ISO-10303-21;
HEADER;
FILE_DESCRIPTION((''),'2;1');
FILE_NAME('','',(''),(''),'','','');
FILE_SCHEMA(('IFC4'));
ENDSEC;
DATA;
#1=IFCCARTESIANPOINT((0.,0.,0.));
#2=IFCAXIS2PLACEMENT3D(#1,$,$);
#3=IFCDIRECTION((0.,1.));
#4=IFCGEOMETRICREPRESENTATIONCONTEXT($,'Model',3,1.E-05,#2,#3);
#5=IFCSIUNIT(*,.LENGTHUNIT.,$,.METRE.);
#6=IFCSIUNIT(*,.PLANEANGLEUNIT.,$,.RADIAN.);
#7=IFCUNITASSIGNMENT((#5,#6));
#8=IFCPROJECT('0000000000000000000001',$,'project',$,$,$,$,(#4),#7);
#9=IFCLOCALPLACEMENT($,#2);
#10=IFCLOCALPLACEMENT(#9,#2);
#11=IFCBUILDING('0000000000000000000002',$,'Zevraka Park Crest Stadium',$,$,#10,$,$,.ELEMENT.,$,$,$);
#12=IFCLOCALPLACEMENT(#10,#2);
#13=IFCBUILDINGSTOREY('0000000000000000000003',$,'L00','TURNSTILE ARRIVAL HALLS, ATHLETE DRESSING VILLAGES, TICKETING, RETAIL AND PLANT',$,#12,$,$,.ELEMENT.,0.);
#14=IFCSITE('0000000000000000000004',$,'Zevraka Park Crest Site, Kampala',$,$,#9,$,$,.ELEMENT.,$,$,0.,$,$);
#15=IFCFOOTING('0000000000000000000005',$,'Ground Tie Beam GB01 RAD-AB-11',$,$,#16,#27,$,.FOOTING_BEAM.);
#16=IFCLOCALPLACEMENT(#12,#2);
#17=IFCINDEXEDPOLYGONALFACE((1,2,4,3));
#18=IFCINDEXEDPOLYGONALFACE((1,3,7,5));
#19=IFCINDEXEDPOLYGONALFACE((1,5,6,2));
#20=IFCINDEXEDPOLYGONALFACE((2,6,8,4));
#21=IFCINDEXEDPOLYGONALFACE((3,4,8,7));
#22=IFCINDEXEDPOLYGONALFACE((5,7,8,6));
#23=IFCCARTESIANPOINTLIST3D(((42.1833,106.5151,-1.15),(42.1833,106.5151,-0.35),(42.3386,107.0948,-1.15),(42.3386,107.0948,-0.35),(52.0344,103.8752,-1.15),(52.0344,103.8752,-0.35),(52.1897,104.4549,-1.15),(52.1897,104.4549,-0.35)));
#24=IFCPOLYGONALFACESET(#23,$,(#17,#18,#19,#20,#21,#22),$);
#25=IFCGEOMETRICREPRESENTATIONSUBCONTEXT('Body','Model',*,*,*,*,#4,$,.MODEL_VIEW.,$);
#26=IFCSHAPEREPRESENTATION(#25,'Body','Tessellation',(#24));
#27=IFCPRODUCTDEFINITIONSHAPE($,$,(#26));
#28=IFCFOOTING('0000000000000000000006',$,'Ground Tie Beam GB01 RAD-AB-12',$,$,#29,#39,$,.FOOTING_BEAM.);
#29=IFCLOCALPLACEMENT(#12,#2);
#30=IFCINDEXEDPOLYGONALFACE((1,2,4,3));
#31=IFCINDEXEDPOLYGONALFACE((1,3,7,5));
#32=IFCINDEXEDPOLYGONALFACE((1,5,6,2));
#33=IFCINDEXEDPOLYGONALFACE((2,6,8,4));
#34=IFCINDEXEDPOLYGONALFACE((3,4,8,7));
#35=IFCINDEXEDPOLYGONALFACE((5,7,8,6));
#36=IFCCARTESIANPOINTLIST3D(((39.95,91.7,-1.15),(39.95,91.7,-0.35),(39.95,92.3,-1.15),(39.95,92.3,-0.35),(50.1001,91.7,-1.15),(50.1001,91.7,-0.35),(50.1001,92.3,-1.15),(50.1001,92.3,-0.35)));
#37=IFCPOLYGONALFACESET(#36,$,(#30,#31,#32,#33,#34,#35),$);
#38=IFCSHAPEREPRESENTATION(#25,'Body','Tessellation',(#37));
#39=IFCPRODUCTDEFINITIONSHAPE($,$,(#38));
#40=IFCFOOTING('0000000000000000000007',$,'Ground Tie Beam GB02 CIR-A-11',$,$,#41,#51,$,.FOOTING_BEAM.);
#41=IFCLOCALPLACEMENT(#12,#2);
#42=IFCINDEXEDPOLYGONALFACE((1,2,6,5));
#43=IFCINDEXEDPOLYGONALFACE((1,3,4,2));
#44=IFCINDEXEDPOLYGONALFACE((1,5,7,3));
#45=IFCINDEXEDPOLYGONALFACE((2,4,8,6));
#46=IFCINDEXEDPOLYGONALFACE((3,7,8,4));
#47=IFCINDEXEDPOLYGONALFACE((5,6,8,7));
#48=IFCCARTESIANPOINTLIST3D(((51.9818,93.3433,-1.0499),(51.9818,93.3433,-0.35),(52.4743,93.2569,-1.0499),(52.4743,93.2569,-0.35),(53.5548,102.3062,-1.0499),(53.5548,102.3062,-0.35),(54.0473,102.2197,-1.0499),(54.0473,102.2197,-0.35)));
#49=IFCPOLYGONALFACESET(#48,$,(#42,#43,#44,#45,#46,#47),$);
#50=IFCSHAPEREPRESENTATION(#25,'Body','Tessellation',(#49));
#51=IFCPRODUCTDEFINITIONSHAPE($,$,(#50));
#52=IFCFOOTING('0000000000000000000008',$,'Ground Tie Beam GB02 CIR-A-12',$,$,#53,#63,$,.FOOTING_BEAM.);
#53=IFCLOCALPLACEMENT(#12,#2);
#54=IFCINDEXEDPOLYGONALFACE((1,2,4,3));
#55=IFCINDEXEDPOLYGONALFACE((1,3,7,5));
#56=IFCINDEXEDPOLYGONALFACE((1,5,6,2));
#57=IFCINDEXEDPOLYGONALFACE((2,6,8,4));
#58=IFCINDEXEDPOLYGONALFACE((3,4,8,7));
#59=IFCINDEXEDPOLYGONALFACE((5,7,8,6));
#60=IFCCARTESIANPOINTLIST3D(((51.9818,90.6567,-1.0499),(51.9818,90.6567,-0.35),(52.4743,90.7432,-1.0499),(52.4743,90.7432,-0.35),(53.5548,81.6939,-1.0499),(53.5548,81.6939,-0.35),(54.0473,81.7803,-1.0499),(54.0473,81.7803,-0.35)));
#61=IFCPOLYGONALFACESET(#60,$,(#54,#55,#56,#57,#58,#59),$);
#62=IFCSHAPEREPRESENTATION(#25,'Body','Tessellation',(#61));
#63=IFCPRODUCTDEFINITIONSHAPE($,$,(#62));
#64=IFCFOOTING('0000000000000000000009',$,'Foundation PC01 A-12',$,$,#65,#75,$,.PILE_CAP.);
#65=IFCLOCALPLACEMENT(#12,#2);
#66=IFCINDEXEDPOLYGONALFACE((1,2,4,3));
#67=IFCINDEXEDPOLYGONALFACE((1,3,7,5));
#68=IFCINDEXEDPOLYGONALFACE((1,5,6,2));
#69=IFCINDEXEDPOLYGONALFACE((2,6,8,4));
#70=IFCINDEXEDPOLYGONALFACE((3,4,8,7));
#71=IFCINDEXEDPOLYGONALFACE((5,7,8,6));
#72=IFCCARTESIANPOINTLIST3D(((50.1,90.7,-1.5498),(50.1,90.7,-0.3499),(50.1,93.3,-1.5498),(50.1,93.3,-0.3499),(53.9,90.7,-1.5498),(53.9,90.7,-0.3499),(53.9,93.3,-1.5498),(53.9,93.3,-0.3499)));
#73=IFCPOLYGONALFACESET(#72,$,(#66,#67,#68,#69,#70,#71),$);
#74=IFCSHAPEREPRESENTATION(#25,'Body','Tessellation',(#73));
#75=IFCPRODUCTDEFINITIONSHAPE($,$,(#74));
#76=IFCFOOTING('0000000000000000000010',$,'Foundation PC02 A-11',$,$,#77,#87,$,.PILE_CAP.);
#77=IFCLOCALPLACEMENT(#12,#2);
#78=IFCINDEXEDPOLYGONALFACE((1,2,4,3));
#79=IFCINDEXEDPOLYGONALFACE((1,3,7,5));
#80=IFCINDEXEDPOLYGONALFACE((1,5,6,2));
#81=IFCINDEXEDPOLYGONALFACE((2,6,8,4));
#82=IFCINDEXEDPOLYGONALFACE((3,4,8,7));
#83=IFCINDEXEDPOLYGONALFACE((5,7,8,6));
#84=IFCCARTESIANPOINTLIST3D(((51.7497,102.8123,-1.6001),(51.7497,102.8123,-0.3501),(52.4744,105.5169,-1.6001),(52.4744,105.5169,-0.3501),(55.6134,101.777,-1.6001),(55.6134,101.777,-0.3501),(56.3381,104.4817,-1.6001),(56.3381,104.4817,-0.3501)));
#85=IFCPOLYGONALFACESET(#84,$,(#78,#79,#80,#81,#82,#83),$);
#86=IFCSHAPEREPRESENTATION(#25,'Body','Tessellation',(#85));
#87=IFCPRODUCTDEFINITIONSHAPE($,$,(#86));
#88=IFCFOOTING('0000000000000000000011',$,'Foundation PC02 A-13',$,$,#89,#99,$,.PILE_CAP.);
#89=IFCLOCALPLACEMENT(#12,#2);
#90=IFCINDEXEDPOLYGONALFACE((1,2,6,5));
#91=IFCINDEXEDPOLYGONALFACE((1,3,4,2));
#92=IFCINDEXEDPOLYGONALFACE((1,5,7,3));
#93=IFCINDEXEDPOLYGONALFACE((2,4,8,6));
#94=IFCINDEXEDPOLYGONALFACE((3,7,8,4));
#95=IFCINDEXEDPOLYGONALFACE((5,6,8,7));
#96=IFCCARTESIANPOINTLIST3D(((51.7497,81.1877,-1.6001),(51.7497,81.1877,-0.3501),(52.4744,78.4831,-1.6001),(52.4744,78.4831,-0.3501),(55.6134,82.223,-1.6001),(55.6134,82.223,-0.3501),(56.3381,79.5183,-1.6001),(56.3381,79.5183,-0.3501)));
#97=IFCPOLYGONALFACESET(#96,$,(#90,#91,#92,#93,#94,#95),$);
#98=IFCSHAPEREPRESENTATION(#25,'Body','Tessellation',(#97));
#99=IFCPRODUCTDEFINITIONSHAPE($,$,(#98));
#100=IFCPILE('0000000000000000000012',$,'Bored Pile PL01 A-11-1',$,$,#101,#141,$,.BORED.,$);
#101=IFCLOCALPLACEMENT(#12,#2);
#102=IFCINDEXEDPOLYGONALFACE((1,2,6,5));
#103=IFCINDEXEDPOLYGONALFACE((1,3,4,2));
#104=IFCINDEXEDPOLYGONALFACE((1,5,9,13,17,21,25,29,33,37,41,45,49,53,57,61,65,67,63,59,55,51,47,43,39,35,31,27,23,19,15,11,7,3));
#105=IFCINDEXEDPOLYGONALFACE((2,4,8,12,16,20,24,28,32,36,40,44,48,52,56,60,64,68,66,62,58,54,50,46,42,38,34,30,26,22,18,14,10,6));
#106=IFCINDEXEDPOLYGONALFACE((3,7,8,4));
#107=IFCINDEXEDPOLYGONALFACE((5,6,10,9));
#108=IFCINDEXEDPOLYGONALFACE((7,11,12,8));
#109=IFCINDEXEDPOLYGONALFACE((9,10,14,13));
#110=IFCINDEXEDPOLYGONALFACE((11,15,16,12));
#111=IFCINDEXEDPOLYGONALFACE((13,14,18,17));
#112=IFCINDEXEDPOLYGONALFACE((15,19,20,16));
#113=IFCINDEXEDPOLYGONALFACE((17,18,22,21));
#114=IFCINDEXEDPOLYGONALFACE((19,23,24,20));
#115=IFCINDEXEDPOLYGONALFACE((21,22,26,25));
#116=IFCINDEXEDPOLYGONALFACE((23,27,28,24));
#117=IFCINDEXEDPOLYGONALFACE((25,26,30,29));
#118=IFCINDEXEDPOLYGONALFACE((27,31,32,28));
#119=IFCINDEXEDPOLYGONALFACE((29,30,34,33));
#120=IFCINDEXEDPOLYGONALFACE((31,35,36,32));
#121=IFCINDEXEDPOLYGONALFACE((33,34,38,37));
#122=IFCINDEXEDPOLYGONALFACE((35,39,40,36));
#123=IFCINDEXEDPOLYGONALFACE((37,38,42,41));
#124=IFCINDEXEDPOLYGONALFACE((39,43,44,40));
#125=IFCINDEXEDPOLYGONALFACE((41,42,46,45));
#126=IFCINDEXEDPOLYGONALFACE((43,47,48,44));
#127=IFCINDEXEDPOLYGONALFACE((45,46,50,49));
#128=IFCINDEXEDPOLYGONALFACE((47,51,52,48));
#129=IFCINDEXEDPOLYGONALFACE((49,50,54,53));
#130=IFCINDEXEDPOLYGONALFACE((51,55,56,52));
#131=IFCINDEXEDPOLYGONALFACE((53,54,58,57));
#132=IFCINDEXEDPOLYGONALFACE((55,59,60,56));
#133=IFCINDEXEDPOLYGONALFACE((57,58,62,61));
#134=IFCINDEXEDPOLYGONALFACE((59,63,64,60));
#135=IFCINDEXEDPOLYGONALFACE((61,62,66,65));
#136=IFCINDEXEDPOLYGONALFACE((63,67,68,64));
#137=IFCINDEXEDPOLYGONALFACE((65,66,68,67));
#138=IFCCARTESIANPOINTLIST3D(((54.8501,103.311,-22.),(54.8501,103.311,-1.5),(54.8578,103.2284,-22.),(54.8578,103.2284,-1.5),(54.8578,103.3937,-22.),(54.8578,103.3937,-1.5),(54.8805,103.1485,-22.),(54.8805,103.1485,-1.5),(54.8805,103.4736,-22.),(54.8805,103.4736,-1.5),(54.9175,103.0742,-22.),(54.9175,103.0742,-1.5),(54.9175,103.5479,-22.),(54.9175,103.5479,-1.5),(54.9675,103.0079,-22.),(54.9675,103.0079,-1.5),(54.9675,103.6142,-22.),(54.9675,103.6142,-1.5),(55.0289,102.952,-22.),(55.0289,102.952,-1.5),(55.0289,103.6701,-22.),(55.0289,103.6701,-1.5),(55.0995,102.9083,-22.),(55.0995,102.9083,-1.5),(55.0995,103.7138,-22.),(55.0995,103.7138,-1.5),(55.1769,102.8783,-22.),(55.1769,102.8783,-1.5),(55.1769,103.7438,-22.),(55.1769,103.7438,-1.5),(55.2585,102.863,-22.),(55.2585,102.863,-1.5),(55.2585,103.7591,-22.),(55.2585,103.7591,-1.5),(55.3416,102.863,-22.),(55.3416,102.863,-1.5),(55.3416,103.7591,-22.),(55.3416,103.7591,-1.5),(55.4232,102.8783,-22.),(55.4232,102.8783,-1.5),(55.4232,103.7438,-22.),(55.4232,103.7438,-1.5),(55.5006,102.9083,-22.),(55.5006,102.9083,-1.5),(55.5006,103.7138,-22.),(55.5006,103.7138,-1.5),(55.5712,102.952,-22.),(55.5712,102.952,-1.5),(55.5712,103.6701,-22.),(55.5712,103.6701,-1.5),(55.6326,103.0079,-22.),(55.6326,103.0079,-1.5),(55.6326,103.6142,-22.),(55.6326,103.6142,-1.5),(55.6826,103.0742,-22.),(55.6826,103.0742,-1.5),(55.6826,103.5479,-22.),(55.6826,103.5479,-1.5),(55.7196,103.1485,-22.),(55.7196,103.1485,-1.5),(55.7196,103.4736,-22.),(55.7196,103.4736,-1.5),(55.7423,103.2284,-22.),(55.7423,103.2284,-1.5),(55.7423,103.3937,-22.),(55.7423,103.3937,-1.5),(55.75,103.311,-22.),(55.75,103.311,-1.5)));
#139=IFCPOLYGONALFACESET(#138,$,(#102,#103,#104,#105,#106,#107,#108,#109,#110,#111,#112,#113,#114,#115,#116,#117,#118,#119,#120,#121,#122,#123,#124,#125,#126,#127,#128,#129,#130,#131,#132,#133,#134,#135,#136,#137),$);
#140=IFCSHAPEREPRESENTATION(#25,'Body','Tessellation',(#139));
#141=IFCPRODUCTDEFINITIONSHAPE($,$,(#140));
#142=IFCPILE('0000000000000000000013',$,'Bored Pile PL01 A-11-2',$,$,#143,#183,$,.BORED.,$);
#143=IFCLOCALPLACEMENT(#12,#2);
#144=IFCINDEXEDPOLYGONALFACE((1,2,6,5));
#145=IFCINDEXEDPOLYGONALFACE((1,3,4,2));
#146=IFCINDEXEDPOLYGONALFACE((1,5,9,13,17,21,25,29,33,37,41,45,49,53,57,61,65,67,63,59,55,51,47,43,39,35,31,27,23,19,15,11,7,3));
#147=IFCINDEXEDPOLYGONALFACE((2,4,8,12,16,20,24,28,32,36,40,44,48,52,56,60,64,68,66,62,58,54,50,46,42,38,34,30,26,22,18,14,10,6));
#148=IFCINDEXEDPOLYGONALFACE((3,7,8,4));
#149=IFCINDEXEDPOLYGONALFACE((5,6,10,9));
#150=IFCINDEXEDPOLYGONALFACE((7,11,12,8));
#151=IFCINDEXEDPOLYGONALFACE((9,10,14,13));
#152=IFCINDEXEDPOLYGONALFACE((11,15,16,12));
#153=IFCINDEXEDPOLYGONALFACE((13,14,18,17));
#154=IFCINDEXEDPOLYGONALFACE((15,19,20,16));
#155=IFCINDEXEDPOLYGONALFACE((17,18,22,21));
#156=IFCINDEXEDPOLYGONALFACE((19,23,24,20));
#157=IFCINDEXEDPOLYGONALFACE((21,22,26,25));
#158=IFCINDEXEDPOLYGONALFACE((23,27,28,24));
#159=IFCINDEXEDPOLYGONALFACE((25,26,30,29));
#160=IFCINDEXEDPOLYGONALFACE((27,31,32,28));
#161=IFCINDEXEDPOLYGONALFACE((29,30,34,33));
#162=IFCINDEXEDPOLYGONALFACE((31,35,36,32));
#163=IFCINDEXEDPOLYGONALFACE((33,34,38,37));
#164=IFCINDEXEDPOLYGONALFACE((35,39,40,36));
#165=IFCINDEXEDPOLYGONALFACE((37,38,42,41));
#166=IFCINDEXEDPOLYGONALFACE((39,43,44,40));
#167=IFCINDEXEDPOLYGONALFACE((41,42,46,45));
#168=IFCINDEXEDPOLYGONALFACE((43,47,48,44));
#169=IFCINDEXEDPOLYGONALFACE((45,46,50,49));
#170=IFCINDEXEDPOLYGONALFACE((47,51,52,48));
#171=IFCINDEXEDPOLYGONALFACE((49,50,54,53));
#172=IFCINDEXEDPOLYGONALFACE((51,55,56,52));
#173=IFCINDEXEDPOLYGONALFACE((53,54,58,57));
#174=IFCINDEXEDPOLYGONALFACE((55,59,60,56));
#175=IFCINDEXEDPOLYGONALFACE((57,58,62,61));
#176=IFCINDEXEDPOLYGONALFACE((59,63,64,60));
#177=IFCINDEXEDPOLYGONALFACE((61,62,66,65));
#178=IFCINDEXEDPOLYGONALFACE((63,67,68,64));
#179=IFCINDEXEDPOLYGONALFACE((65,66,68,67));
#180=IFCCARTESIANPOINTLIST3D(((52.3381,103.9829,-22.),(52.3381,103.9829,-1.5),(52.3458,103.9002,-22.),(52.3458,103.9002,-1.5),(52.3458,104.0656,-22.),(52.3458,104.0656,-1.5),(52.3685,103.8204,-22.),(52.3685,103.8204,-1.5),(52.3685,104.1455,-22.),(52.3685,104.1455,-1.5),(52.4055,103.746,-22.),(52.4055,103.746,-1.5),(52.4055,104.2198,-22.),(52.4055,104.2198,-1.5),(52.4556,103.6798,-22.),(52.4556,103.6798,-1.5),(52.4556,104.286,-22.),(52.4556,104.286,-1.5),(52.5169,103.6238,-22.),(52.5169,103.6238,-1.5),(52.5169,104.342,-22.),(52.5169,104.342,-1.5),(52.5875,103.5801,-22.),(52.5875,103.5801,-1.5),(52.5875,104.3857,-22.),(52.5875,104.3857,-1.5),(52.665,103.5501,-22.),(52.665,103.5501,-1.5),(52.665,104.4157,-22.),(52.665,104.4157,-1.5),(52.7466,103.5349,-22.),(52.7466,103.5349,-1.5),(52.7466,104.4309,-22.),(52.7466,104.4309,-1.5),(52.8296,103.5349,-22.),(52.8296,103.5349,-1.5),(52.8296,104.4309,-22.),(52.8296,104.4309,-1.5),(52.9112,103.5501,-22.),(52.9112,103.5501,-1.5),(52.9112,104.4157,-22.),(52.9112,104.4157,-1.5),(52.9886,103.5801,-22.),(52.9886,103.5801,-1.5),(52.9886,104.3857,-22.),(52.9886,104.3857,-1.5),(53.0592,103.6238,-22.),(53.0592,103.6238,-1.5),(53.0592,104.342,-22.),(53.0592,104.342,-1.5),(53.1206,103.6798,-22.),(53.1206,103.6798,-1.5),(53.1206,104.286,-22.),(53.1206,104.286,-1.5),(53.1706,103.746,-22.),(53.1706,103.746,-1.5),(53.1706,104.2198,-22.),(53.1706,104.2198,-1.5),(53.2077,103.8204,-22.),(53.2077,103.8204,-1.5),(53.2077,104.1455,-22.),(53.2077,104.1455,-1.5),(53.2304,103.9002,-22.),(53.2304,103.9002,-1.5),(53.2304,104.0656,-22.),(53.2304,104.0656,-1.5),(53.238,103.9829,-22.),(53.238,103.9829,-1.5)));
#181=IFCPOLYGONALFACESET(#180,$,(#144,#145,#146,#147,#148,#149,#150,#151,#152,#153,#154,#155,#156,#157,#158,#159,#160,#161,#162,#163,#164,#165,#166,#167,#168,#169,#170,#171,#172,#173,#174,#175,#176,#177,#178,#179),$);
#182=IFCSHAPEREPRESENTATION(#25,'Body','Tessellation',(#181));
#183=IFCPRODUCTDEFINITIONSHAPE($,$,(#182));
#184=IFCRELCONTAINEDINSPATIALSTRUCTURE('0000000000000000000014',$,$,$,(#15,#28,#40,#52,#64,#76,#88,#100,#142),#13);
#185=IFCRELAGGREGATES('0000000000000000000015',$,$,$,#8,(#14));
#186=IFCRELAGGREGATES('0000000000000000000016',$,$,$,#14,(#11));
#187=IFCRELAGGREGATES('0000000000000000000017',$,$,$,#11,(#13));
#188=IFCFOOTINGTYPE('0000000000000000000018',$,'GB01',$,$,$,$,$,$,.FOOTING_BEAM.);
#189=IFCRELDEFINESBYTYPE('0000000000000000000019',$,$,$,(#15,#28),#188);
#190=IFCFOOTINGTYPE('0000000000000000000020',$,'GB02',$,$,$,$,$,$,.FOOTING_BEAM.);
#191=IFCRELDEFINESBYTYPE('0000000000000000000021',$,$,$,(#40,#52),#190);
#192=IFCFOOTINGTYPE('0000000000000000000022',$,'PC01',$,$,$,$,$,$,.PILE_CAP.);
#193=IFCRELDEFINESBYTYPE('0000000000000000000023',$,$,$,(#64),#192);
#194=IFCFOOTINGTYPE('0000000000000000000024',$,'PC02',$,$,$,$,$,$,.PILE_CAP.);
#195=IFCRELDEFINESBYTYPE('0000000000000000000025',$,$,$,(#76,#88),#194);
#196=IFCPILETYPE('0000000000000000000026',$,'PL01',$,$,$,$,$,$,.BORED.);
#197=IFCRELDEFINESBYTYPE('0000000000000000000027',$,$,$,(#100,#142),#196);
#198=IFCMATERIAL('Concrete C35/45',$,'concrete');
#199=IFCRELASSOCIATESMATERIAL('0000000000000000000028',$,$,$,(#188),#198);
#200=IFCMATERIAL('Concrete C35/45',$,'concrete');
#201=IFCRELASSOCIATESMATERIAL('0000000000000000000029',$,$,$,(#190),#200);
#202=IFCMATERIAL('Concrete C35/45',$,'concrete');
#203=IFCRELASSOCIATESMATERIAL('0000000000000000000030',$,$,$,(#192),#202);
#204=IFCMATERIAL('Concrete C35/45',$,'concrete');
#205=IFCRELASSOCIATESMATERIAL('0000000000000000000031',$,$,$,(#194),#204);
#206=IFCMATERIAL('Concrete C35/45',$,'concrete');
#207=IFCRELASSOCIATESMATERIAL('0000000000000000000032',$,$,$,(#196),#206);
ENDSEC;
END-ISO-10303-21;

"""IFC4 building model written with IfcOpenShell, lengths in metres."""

from ifc_helpers import new_model, si_unit, direction, frame, origin, origin_2d, place, context, subcontext, project, spatial, rectangle, circle, extrude, material, material_profile, profile_set, type_object, element, save


model = new_model("IFC4")

# Units and contexts
model_context = context("Model", 3, precision=1e-05, world=origin(), true_north=direction((0.0, 1.0)))
body_context = subcontext(model_context, "Body", "Model", "MODEL_VIEW")
ifc_project = project(units=[si_unit("LENGTHUNIT", "METRE"), si_unit("PLANEANGLEUNIT", "RADIAN")], contexts=[model_context])

# Site, building, storey
site_placement = place(None, origin())
site = spatial("IfcSite", under=ifc_project, at=site_placement, Name="Zevraka Park Crest Site, Kampala", CompositionType="ELEMENT", RefElevation=0.0)
building_placement = place(site_placement, origin())
building = spatial("IfcBuilding", under=site, at=building_placement, Name="Zevraka Park Crest Stadium", CompositionType="ELEMENT")
storey_placement = place(building_placement, origin())
storey = spatial("IfcBuildingStorey", under=building, at=storey_placement, Name="L00", Description="TURNSTILE ARRIVAL HALLS, ATHLETE DRESSING VILLAGES, TICKETING, RETAIL AND PLANT", CompositionType="ELEMENT", Elevation=0.0)

# Footings
ifc_material_1 = material(Name="Concrete C35/45", Category="concrete")
ifc_material_profile_1 = material_profile(ifc_material_1, rectangle(XDim=0.6001, YDim=0.8, at=origin_2d()), Name="GB 800x600")
ifc_profile_set_1 = profile_set([ifc_material_profile_1], Name="Concrete C35/45")
footing_type_1 = type_object("IfcFootingType", Name="GB01", PredefinedType="FOOTING_BEAM", material=ifc_profile_set_1)
footing_1_placement = place(storey_placement, frame((52.1121, 104.165, -0.75), z_axis=(-0.965918, 0.258847, 0.0), x_axis=(-0.258847, -0.965918, 0.0)))
element("IfcFooting", 1, at=footing_1_placement, inside=storey, type_object=footing_type_1, Name="Ground Tie Beam GB01 RAD-AB-11", PredefinedType="FOOTING_BEAM", context=body_context, shape_type="SweptSolid", body=[
    extrude(rectangle(XDim=0.6001, YDim=0.8, at=origin_2d()), origin(), (0.0, 0.0, 1.0), 10.1987),
])
footing_2_placement = place(storey_placement, frame((50.1001, 92.0, -0.75), z_axis=(-1.0, 0.0, 0.0), x_axis=(0.0, -1.0, 0.0)))
element("IfcFooting", 2, at=footing_2_placement, inside=storey, type_object=footing_type_1, Name="Ground Tie Beam GB01 RAD-AB-12", PredefinedType="FOOTING_BEAM", context=body_context, shape_type="SweptSolid", body=[
    extrude(rectangle(XDim=0.6001, YDim=0.8, at=origin_2d()), origin(), (0.0, 0.0, 1.0), 10.1501),
])
ifc_material_2 = material(Name="Concrete C35/45", Category="concrete")
ifc_material_profile_2 = material_profile(ifc_material_2, rectangle(XDim=0.5, YDim=0.7, at=origin_2d()), Name="GB 700x500")
ifc_profile_set_2 = profile_set([ifc_material_profile_2], Name="Concrete C35/45")
footing_type_2 = type_object("IfcFootingType", Name="GB02", PredefinedType="FOOTING_BEAM", material=ifc_profile_set_2)
for number, where, z_axis, x_axis, name in (
    (3, (53.801, 102.2629, -0.7), (-0.172859, -0.984947, 0.0), (0.984947, -0.172859, 0.0), "Ground Tie Beam GB02 CIR-A-11"),
    (4, (52.228, 90.7, -0.7), (0.172859, -0.984947, 0.0), (0.984947, 0.172859, 0.0), "Ground Tie Beam GB02 CIR-A-12"),
):
    element("IfcFooting", number, at=place(storey_placement, frame(where, z_axis=z_axis, x_axis=x_axis)), inside=storey, type_object=footing_type_2, Name=name, PredefinedType="FOOTING_BEAM", context=body_context, shape_type="SweptSolid", body=[
        extrude(rectangle(XDim=0.5, YDim=0.7, at=origin_2d()), origin(), (0.0, 0.0, 1.0), 9.0999),
    ])
ifc_material_3 = material(Name="Concrete C35/45", Category="concrete")
footing_type_3 = type_object("IfcFootingType", Name="PC01", PredefinedType="PILE_CAP", material=ifc_material_3)
footing_3_placement = place(storey_placement, frame((52.0, 92.0, -1.5498), z_axis=(0.0, 0.0, 1.0), x_axis=(1.0, 0.0, 0.0)))
element("IfcFooting", 5, at=footing_3_placement, inside=storey, type_object=footing_type_3, Name="Foundation PC01 A-12", PredefinedType="PILE_CAP", context=body_context, shape_type="SweptSolid", body=[
    extrude(rectangle(XDim=3.8, YDim=2.6001, at=origin_2d()), origin(), (0.0, 0.0, 1.0), 1.2),
])
ifc_material_4 = material(Name="Concrete C35/45", Category="concrete")
footing_type_4 = type_object("IfcFootingType", Name="PC02", PredefinedType="PILE_CAP", material=ifc_material_4)
for number, where, z_axis, x_axis, name in (
    (6, (54.0439, 103.647, -1.6001), (0.0, 0.0, 1.0), (-0.965926, 0.258819, 0.0), "Foundation PC02 A-11"),
    (7, (54.0439, 80.353, -1.6001), (0.0, 0.0, 1.0), (0.965926, 0.258819, 0.0), "Foundation PC02 A-13"),
):
    element("IfcFooting", number, at=place(storey_placement, frame(where, z_axis=z_axis, x_axis=x_axis)), inside=storey, type_object=footing_type_4, Name=name, PredefinedType="PILE_CAP", context=body_context, shape_type="SweptSolid", body=[
        extrude(rectangle(XDim=4.0, YDim=2.8, at=origin_2d()), origin(), (0.0, 0.0, 1.0), 1.25),
    ])

# Piles
ifc_material_5 = material(Name="Concrete C35/45", Category="concrete")
ifc_material_profile_3 = material_profile(ifc_material_5, circle(Radius=0.45, at=origin_2d()), Name="PILE D900")
ifc_profile_set_3 = profile_set([ifc_material_profile_3], Name="Concrete C35/45")
pile_type_1 = type_object("IfcPileType", Name="PL01", PredefinedType="BORED", material=ifc_profile_set_3)
for number, where, z_axis, x_axis, name in (
    (8, (55.3, 103.311, -1.5), (0.0, 0.0, -1.0), (1.0, 0.0, 0.0), "Bored Pile PL01 A-11-1"),
    (9, (52.7881, 103.9829, -1.5), (0.0, 0.0, -1.0), (1.0, 0.0, 0.0), "Bored Pile PL01 A-11-2"),
):
    element("IfcPile", number, at=place(storey_placement, frame(where, z_axis=z_axis, x_axis=x_axis)), inside=storey, type_object=pile_type_1, Name=name, PredefinedType="BORED", context=body_context, shape_type="SweptSolid", body=[
        extrude(circle(Radius=0.45, at=origin_2d()), origin(), (0.0, 0.0, 1.0), 20.5),
    ])

save(model, "model.ifc")
